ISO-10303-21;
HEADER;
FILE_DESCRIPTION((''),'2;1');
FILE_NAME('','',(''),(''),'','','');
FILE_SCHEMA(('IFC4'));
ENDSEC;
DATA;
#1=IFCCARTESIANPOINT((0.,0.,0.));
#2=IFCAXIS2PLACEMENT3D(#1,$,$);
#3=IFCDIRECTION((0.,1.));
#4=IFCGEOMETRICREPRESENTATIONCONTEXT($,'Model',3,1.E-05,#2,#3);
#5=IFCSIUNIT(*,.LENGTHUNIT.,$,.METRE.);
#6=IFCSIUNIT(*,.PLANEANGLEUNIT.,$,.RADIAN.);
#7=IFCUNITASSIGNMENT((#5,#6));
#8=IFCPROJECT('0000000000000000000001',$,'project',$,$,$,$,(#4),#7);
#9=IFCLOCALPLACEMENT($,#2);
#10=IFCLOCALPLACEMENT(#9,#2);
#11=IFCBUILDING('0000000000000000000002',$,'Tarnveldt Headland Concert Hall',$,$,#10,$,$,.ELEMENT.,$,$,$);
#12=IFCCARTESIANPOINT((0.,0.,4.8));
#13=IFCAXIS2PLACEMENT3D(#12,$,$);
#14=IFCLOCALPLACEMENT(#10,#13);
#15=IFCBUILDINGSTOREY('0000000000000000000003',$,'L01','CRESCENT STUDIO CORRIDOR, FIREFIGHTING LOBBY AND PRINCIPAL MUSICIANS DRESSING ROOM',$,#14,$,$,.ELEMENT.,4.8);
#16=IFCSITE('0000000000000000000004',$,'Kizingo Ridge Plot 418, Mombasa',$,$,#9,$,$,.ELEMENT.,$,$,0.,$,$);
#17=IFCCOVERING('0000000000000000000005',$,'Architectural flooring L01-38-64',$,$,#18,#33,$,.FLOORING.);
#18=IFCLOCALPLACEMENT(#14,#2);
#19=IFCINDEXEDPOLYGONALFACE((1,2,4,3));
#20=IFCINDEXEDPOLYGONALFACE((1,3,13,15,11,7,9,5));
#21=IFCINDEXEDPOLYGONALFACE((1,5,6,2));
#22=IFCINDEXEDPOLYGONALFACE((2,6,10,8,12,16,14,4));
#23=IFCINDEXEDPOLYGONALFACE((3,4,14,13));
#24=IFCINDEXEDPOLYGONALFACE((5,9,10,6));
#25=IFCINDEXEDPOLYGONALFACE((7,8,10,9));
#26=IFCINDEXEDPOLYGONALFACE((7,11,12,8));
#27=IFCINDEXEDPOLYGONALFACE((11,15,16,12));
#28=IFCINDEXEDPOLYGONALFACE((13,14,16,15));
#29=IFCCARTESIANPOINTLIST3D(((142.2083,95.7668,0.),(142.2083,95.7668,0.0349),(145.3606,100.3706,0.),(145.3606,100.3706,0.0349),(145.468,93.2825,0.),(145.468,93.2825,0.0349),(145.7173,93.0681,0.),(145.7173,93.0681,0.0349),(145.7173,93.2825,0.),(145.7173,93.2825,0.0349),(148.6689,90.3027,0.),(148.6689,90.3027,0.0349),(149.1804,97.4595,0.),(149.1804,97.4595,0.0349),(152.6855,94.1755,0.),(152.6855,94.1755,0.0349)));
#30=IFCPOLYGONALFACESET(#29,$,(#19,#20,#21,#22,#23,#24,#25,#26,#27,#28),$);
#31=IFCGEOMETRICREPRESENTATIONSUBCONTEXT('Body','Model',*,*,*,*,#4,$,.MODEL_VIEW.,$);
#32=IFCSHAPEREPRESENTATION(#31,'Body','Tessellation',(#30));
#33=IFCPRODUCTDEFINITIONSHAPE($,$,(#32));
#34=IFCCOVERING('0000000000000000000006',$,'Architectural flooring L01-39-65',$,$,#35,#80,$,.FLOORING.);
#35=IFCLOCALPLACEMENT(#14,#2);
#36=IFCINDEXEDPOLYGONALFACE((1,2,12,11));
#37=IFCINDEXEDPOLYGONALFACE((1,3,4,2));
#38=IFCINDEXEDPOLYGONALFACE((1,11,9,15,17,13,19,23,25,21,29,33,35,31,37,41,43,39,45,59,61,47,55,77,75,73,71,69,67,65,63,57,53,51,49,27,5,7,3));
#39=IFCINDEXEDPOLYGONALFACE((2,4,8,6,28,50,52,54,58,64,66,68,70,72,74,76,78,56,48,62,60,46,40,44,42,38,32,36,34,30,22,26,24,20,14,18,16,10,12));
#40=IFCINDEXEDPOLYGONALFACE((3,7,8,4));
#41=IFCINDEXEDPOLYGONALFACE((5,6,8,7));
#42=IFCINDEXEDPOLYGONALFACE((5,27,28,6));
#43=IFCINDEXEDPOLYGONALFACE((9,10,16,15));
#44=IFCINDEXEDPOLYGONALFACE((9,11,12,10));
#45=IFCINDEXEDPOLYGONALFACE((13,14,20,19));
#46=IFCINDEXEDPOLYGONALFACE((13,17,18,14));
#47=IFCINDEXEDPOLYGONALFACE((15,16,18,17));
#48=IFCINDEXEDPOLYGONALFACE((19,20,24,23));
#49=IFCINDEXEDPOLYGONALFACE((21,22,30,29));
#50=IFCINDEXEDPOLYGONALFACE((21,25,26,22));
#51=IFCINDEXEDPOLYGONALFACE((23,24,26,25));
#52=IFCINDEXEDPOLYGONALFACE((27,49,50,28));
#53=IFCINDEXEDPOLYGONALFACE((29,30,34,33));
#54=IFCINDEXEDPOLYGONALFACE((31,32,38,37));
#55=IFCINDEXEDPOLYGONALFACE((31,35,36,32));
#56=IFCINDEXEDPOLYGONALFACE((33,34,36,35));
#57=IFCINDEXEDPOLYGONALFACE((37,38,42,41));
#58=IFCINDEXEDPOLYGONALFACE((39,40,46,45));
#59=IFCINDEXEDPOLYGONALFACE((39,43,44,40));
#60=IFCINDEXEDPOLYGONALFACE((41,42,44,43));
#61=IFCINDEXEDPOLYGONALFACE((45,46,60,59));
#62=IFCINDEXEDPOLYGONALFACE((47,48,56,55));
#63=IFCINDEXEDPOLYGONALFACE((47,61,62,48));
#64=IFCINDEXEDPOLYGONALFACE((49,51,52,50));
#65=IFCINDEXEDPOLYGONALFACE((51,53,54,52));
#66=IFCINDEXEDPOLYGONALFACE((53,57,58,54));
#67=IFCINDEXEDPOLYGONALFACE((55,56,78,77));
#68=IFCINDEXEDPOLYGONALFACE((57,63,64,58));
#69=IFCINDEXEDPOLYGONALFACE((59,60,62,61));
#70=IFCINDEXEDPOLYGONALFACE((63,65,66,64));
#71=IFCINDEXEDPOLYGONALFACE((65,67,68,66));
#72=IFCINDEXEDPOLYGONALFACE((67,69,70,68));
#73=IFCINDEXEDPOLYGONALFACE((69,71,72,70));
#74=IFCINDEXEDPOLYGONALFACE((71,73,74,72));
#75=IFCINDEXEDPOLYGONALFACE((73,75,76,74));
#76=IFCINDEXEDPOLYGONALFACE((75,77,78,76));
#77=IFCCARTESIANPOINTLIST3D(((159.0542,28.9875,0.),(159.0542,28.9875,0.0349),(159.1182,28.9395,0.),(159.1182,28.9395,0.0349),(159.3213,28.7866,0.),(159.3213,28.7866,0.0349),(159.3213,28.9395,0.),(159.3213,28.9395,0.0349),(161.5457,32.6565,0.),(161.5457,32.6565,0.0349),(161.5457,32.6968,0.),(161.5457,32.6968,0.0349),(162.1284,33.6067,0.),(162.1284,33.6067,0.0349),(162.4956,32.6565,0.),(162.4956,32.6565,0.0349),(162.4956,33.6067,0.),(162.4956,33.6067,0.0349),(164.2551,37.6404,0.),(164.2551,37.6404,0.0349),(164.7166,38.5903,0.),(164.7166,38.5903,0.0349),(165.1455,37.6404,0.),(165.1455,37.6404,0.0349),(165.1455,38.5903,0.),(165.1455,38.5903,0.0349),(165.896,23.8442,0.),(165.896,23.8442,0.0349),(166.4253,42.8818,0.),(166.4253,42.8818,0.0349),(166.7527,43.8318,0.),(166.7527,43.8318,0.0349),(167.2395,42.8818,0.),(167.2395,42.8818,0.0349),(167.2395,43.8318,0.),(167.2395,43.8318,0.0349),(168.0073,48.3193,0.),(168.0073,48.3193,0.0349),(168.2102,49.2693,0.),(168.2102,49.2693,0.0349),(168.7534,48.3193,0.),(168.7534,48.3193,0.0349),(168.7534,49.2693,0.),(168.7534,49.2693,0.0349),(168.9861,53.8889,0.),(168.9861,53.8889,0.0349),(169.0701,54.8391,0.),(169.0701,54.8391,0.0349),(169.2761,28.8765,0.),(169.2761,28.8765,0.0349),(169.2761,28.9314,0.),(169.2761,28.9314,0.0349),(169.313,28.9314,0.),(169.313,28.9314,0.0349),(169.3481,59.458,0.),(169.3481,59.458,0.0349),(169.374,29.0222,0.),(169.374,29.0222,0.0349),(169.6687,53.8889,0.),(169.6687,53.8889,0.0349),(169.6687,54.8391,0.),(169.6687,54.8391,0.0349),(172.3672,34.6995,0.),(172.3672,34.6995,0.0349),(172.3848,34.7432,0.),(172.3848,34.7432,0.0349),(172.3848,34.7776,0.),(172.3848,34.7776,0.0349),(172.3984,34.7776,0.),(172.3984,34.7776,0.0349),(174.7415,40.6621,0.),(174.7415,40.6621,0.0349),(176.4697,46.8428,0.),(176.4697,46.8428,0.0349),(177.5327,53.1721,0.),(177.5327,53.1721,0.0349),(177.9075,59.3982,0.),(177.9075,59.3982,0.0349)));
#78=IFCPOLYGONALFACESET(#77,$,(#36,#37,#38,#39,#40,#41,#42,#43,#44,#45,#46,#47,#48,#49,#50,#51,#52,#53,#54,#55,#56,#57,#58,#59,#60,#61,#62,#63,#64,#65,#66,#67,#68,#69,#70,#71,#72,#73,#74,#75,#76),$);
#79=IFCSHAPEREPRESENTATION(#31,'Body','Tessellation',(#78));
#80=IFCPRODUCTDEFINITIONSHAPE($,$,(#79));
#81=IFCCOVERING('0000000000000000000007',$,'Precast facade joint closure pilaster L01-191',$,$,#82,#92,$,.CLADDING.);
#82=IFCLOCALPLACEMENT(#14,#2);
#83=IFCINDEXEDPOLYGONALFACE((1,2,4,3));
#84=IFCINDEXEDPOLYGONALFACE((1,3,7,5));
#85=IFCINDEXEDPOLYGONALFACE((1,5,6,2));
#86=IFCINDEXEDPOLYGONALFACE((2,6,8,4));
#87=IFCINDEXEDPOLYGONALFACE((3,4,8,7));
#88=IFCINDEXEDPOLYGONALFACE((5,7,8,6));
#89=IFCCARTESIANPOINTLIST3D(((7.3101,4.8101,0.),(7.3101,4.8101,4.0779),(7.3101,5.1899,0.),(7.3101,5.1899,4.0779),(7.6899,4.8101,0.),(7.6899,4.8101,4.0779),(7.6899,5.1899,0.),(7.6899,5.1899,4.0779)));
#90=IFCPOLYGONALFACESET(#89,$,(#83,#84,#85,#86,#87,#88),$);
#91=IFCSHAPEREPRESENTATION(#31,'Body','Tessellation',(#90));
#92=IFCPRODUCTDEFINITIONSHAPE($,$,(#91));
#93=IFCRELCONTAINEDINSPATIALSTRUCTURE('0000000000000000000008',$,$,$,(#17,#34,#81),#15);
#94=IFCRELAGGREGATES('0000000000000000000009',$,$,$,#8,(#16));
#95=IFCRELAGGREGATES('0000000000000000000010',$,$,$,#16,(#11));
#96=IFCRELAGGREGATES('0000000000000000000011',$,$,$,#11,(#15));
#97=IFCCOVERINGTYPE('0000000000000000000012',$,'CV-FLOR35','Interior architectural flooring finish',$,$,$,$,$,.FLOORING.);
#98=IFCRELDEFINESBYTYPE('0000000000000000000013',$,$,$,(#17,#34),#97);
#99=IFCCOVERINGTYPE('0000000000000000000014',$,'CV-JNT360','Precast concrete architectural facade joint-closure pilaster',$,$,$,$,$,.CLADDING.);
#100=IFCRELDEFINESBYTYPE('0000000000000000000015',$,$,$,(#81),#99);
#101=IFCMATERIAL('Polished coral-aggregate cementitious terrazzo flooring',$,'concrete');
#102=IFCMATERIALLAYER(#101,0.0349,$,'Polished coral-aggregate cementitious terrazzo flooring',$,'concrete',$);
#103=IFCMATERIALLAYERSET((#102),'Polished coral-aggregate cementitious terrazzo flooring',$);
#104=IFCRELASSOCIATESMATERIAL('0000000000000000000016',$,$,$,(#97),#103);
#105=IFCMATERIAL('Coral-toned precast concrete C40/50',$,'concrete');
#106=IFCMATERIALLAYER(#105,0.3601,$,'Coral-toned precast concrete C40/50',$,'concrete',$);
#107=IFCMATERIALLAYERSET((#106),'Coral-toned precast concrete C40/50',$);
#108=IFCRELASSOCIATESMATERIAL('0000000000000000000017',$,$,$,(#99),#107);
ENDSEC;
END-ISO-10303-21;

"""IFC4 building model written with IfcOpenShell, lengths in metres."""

from ifc_helpers import new_model, si_unit, direction, frame, origin, origin_2d, place, context, subcontext, project, spatial, polyline, rectangle, outline, extrude, material, layer, layer_set, type_object, element, save


model = new_model("IFC4")

# Units and contexts
model_context = context("Model", 3, precision=1e-05, world=origin(), true_north=direction((0.0, 1.0)))
body_context = subcontext(model_context, "Body", "Model", "MODEL_VIEW")
ifc_project = project(units=[si_unit("LENGTHUNIT", "METRE"), si_unit("PLANEANGLEUNIT", "RADIAN")], contexts=[model_context])

# Site, building, storey
site_placement = place(None, origin())
site = spatial("IfcSite", under=ifc_project, at=site_placement, Name="Kizingo Ridge Plot 418, Mombasa", CompositionType="ELEMENT", RefElevation=0.0)
building_placement = place(site_placement, origin())
building = spatial("IfcBuilding", under=site, at=building_placement, Name="Tarnveldt Headland Concert Hall", CompositionType="ELEMENT")
storey_placement = place(building_placement, frame((0.0, 0.0, 4.8)))
storey = spatial("IfcBuildingStorey", under=building, at=storey_placement, Name="L01", Description="CRESCENT STUDIO CORRIDOR, FIREFIGHTING LOBBY AND PRINCIPAL MUSICIANS DRESSING ROOM", CompositionType="ELEMENT", Elevation=4.8)

# Coverings
ifc_material_1 = material(Name="Polished coral-aggregate cementitious terrazzo flooring", Category="concrete")
ifc_layer_1 = layer(ifc_material_1, 0.0349, Name="Polished coral-aggregate cementitious terrazzo flooring", Category="concrete")
ifc_layer_set_1 = layer_set([ifc_layer_1], Name="Polished coral-aggregate cementitious terrazzo flooring")
covering_type_1 = type_object("IfcCoveringType", Name="CV-FLOR35", Description="Interior architectural flooring finish", PredefinedType="FLOORING", material=ifc_layer_set_1)
covering_1_placement = place(storey_placement, origin())
element("IfcCovering", 1, at=covering_1_placement, inside=storey, type_object=covering_type_1, Name="Architectural flooring L01-38-64", PredefinedType="FLOORING", context=body_context, shape_type="SweptSolid", body=[
    extrude(outline(polyline([(145.7173, 93.0681), (145.7173, 93.2825), (145.468, 93.2825), (142.2083, 95.7668), (145.3606, 100.3706), (149.1804, 97.4595), (152.6855, 94.1755), (148.6689, 90.3027), (145.7173, 93.0681)])), origin(), (0.0, 0.0, 1.0), 0.0349),
])
covering_2_placement = place(storey_placement, origin())
element("IfcCovering", 2, at=covering_2_placement, inside=storey, type_object=covering_type_1, Name="Architectural flooring L01-39-65", PredefinedType="FLOORING", context=body_context, shape_type="SweptSolid", body=[
    extrude(outline(polyline([(162.1284, 33.6067), (164.2551, 37.6404), (165.1455, 37.6404), (165.1455, 38.5903), (164.7166, 38.5903), (166.4253, 42.8818), (167.2395, 42.8818), (167.2395, 43.8318), (166.7527, 43.8318), (168.0073, 48.3193), (168.7534, 48.3193), (168.7534, 49.2693), (168.2102, 49.2693), (168.9861, 53.8889), (169.6687, 53.8889), (169.6687, 54.8391), (169.0701, 54.8391), (169.3481, 59.458), (177.9075, 59.3982), (177.5327, 53.1721), (176.4697, 46.8428), (174.7415, 40.6621), (172.3984, 34.7776), (172.3848, 34.7776), (172.3848, 34.7432), (172.3672, 34.6995), (169.374, 29.0222), (169.313, 28.9314), (169.2761, 28.9314), (169.2761, 28.8765), (165.896, 23.8442), (159.3213, 28.7866), (159.3213, 28.9395), (159.1182, 28.9395), (159.0542, 28.9875), (161.5457, 32.6968), (161.5457, 32.6565), (162.4956, 32.6565), (162.4956, 33.6067), (162.1284, 33.6067)])), origin(), (0.0, 0.0, 1.0), 0.0349),
])
ifc_material_2 = material(Name="Coral-toned precast concrete C40/50", Category="concrete")
ifc_layer_2 = layer(ifc_material_2, 0.3601, Name="Coral-toned precast concrete C40/50", Category="concrete")
ifc_layer_set_2 = layer_set([ifc_layer_2], Name="Coral-toned precast concrete C40/50")
covering_type_2 = type_object("IfcCoveringType", Name="CV-JNT360", Description="Precast concrete architectural facade joint-closure pilaster", PredefinedType="CLADDING", material=ifc_layer_set_2)
covering_3_placement = place(storey_placement, frame((7.5, 5.0, 0.0), z_axis=(0.0, 0.0, 1.0), x_axis=(0.0, 1.0, 0.0)))
element("IfcCovering", 3, at=covering_3_placement, inside=storey, type_object=covering_type_2, Name="Precast facade joint closure pilaster L01-191", PredefinedType="CLADDING", context=body_context, shape_type="SweptSolid", body=[
    extrude(rectangle(XDim=0.3799, YDim=0.3799, at=origin_2d()), origin(), (0.0, 0.0, 1.0), 4.0779),
])

save(model, "model.ifc")
